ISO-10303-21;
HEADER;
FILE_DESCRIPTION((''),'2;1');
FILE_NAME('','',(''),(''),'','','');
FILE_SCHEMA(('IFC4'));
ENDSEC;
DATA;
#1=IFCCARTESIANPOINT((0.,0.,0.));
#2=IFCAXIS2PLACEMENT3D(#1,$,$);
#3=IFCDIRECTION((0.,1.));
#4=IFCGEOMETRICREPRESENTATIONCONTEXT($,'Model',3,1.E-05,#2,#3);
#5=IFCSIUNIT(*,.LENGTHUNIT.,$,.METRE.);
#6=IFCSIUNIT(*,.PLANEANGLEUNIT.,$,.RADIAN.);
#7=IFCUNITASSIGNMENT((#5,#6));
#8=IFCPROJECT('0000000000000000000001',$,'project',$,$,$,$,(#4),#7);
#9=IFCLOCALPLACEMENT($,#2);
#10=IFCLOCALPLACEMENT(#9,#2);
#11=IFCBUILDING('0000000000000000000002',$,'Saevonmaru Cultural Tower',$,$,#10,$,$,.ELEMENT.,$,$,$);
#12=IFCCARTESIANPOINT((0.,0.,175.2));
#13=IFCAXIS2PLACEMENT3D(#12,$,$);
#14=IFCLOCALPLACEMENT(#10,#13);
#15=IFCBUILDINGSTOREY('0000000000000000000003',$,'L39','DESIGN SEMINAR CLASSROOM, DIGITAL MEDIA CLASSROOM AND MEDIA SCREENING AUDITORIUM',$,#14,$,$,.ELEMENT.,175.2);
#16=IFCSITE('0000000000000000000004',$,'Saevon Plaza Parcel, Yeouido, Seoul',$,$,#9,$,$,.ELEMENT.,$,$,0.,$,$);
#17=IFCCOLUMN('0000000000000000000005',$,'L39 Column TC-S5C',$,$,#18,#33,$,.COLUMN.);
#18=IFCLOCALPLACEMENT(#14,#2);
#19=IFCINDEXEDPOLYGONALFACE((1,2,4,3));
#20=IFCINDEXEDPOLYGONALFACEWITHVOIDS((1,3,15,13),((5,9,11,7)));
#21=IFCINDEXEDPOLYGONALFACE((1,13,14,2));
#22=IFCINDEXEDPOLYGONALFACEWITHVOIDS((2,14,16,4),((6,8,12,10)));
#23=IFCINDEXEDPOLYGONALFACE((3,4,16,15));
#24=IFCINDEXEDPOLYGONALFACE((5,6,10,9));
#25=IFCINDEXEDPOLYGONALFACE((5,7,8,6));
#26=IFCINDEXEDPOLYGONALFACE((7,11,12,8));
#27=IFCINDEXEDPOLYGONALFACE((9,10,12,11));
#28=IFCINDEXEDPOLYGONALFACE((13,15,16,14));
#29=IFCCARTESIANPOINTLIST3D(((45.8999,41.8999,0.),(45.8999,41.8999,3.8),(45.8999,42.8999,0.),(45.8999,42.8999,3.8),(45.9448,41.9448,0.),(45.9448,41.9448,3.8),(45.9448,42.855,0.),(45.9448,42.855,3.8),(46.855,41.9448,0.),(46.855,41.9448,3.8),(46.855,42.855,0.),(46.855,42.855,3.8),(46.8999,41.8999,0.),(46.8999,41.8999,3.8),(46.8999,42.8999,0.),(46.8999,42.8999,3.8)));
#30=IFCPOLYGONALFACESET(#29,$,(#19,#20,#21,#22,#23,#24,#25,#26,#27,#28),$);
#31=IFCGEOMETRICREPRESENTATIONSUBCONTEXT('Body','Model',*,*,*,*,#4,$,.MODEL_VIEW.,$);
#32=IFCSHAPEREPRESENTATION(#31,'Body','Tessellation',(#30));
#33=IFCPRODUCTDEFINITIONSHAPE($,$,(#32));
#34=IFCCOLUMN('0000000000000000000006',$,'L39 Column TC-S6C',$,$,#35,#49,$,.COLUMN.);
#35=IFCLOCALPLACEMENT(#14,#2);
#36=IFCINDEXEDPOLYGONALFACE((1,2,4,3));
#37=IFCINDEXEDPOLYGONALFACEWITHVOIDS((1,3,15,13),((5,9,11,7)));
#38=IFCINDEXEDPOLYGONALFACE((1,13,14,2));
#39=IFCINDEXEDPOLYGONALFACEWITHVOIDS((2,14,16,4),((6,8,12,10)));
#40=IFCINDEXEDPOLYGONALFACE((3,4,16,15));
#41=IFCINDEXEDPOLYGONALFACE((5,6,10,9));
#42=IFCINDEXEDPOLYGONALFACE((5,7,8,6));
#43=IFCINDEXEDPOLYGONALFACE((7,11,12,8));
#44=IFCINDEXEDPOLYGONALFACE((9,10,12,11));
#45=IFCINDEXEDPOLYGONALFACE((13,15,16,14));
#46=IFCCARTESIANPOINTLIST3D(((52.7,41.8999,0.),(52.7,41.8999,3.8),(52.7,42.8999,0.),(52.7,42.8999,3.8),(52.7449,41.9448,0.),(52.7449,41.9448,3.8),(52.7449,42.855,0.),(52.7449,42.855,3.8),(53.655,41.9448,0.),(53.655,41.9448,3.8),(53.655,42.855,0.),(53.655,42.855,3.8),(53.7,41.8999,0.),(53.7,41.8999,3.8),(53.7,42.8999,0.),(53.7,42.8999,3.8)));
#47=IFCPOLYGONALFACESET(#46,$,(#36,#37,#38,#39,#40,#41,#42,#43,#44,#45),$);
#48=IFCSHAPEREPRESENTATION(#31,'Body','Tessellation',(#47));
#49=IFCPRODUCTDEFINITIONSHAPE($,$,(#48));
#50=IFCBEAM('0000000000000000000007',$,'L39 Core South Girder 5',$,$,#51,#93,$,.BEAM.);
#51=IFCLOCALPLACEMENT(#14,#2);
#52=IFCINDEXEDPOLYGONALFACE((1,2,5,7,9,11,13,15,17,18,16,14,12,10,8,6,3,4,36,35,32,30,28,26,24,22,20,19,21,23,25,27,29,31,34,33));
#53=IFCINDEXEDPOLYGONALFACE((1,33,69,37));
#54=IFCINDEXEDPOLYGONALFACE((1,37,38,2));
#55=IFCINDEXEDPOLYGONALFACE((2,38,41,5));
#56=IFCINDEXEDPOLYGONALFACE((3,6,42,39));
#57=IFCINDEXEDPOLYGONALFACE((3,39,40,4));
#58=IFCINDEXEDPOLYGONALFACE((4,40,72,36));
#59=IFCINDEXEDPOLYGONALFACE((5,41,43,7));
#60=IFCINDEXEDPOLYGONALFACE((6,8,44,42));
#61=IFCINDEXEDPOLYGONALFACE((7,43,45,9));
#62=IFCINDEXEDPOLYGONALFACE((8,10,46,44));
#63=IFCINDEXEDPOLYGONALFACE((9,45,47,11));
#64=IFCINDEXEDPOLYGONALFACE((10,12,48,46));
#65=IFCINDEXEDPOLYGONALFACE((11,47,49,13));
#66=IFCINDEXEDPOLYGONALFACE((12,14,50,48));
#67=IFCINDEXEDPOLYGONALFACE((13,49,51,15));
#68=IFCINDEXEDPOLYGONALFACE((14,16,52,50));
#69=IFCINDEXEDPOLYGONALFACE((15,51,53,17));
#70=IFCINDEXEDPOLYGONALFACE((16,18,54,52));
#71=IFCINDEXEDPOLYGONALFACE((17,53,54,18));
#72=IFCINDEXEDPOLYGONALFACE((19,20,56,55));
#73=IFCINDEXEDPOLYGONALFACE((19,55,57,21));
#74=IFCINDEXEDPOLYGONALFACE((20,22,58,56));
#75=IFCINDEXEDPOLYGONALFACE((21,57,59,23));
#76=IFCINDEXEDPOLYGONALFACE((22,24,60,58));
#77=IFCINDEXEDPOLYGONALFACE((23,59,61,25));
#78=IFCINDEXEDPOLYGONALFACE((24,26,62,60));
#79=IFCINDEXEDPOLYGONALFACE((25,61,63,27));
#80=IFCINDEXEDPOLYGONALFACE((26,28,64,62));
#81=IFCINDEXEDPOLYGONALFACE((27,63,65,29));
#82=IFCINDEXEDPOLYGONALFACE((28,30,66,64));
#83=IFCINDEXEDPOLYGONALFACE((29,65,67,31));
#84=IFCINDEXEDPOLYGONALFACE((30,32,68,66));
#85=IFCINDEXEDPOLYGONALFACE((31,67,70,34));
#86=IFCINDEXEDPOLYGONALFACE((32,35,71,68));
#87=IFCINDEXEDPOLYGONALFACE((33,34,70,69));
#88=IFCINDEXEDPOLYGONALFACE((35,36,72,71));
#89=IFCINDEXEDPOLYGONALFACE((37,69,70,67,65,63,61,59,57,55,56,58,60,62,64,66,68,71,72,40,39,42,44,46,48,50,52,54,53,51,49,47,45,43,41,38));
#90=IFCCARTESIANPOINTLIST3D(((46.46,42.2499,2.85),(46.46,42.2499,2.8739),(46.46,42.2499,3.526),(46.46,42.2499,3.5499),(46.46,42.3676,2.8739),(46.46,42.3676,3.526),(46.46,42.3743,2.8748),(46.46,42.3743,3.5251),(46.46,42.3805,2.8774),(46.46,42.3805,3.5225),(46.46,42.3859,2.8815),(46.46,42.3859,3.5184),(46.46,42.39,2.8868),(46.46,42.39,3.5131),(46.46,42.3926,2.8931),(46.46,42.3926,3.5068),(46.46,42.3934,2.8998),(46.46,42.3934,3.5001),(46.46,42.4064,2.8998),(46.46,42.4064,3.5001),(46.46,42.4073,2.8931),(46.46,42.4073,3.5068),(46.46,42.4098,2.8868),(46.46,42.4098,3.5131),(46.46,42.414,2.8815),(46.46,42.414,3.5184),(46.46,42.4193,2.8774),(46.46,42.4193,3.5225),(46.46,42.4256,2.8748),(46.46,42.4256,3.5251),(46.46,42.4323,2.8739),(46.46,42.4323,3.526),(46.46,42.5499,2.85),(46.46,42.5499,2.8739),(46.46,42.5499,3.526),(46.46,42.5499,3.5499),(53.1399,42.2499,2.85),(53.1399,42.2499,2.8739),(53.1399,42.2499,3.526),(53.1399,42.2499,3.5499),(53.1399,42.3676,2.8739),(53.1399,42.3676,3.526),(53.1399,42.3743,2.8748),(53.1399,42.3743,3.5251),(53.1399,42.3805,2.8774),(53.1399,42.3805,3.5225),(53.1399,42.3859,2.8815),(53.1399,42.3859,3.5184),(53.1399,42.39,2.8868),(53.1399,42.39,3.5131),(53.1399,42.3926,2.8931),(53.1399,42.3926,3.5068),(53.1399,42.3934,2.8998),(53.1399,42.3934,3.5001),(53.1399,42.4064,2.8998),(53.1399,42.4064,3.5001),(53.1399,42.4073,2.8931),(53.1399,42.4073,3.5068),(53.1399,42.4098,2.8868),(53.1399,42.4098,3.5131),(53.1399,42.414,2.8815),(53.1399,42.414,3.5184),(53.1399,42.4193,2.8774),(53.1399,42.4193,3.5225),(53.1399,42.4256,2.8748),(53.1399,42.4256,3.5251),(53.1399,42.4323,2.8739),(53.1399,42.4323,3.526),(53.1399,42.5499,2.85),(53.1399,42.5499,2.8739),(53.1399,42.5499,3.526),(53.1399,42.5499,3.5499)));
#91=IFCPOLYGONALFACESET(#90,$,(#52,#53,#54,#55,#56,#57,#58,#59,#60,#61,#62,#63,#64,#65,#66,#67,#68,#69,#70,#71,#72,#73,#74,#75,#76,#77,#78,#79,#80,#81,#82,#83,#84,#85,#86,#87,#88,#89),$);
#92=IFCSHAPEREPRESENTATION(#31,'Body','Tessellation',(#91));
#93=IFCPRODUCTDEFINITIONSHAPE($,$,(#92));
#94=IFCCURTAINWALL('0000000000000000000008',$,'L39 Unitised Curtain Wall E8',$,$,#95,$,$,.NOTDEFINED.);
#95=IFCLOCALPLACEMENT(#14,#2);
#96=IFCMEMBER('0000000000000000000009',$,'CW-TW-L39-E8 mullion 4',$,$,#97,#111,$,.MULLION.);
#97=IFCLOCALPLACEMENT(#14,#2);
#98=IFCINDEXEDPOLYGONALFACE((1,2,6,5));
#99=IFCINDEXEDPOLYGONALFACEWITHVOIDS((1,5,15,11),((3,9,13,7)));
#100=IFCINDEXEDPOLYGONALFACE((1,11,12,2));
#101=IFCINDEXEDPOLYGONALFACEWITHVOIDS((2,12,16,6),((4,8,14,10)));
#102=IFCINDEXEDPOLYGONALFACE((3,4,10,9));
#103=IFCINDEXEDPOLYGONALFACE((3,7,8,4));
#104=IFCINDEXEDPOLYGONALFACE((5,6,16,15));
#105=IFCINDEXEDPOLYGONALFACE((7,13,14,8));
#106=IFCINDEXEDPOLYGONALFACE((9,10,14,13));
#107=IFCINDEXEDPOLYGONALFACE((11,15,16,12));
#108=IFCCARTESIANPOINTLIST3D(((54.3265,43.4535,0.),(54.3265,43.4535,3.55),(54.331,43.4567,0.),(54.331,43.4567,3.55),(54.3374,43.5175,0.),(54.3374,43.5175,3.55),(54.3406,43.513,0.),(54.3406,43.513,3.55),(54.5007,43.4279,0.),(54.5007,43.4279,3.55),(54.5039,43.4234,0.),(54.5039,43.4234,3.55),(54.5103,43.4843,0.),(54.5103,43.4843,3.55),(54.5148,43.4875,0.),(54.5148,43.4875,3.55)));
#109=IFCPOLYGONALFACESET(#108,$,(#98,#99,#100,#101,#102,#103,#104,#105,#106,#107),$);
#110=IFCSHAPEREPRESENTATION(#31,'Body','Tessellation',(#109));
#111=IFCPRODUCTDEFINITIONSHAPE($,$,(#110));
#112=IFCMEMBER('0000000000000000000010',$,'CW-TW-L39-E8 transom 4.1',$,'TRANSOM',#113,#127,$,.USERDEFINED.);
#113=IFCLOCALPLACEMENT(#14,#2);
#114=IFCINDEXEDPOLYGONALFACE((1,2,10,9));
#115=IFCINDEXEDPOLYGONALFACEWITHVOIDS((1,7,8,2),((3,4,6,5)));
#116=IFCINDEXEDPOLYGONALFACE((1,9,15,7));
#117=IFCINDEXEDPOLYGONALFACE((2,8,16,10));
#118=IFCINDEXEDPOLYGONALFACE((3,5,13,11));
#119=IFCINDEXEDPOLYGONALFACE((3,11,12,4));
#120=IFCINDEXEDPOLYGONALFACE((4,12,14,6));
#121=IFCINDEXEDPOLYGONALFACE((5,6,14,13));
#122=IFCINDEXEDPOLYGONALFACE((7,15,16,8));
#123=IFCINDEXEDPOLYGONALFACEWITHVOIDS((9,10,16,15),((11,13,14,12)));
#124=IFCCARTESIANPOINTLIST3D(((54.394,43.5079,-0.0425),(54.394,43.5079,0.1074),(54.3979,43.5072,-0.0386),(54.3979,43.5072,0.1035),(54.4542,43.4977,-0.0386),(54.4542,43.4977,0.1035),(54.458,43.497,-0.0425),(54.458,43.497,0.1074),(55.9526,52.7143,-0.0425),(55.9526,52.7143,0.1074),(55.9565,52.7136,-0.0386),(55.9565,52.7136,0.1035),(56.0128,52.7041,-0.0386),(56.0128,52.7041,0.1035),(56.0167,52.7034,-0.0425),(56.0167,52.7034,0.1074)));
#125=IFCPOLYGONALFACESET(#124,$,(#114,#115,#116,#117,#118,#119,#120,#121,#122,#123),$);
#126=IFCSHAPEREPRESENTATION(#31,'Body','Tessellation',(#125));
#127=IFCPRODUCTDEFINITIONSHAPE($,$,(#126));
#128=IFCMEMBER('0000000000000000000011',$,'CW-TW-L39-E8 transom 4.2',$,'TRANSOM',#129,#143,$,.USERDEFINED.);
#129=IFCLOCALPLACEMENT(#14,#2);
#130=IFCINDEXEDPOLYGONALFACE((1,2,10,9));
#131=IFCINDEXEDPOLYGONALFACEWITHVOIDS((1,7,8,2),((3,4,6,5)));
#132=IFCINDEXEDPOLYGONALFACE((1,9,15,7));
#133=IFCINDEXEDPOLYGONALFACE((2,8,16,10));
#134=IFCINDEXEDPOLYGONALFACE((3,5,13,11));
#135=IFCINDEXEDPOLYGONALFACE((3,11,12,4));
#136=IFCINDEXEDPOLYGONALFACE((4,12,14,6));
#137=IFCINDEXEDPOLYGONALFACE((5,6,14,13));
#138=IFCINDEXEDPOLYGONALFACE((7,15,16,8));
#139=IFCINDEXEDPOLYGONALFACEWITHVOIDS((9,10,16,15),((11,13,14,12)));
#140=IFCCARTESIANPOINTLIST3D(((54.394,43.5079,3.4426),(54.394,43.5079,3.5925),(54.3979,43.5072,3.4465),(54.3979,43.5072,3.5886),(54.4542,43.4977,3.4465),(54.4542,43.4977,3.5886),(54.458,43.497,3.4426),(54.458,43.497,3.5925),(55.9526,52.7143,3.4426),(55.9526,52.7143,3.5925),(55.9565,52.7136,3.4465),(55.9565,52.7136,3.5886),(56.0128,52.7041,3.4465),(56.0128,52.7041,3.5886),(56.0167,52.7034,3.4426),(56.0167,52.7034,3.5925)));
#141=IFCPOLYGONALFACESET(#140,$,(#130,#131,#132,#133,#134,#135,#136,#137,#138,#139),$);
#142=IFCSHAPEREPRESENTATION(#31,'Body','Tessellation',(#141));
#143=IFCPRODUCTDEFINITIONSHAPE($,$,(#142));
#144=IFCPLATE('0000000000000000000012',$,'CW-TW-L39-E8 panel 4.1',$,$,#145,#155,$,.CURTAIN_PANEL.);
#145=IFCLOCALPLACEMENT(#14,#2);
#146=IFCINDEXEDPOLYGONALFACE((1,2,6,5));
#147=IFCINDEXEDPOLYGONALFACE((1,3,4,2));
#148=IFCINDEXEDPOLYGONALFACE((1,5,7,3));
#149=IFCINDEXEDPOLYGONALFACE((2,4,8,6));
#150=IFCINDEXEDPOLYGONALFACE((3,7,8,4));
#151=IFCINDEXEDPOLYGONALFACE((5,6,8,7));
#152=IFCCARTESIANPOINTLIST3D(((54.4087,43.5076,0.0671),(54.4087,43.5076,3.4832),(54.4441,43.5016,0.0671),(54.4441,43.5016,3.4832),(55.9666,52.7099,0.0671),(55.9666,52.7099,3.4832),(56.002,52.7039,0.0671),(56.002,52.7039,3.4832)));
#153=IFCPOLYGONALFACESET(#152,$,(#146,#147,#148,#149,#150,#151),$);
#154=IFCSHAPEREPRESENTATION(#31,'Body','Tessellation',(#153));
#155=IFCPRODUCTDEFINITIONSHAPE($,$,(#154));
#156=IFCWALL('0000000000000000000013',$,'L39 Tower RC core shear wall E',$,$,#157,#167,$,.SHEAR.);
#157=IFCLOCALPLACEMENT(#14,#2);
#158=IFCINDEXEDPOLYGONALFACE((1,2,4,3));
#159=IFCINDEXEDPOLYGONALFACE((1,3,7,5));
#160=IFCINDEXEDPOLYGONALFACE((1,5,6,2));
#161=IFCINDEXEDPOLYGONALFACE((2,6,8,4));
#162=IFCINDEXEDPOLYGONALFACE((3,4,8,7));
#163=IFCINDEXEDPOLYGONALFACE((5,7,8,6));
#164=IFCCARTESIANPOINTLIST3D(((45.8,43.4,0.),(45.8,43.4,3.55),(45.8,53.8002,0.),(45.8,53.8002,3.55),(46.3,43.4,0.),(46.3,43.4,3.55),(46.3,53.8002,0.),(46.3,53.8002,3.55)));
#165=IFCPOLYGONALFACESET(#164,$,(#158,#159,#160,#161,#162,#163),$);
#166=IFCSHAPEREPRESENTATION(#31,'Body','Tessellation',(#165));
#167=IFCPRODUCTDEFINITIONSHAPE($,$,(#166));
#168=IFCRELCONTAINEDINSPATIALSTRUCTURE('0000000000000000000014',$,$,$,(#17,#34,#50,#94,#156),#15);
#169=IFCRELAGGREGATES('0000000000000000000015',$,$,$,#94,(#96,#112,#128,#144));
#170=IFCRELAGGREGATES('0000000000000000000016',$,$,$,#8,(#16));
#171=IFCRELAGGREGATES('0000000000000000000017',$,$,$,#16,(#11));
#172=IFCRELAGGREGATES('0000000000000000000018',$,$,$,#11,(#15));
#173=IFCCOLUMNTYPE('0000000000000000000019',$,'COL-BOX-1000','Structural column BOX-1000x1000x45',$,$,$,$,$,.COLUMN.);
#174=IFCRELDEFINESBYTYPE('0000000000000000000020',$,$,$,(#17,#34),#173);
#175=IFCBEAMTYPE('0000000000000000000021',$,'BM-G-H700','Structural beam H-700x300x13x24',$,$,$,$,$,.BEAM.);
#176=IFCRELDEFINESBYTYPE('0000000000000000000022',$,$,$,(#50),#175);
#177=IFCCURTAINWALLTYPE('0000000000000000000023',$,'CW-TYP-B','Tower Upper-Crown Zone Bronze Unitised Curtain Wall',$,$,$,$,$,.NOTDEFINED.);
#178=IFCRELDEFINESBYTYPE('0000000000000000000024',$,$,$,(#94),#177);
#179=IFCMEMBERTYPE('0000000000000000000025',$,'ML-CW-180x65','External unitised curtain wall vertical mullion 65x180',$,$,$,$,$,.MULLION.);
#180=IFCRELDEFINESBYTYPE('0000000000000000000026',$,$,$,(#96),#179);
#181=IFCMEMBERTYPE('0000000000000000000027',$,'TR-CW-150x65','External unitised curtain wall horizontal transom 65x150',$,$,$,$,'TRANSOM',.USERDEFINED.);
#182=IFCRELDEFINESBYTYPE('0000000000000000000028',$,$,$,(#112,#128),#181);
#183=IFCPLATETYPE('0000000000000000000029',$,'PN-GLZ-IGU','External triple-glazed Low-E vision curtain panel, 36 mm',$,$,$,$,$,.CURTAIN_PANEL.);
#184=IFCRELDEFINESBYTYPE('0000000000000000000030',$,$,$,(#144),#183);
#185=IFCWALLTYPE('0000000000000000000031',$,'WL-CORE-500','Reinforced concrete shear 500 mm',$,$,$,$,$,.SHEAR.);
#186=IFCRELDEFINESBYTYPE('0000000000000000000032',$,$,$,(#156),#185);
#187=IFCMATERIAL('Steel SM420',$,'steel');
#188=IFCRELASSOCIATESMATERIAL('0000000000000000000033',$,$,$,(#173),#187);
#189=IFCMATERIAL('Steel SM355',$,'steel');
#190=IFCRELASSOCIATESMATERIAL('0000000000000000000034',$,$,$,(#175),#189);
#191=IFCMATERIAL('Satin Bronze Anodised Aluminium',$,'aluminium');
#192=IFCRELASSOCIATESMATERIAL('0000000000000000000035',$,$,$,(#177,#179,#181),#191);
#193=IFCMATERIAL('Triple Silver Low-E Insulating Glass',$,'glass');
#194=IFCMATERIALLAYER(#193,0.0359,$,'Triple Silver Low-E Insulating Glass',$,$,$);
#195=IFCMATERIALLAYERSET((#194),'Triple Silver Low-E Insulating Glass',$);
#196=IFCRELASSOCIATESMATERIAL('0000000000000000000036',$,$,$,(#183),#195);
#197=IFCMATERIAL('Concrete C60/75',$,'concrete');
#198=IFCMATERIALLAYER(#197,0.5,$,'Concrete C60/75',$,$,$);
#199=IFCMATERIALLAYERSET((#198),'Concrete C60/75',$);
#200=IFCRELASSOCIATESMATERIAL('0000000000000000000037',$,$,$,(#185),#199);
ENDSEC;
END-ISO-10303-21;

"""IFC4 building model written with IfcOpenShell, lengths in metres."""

from ifc_helpers import new_model, si_unit, direction, frame, frame_2d, origin, origin_2d, place, context, subcontext, project, spatial, rectangle, hollow_rectangle, i_section, extrude, material, layer, layer_set, material_profile, profile_set, type_object, element, aggregate, save


model = new_model("IFC4")

# Units and contexts
model_context = context("Model", 3, precision=1e-05, world=origin(), true_north=direction((0.0, 1.0)))
body_context = subcontext(model_context, "Body", "Model", "MODEL_VIEW")
ifc_project = project(units=[si_unit("LENGTHUNIT", "METRE"), si_unit("PLANEANGLEUNIT", "RADIAN")], contexts=[model_context])

# Site, building, storey
site_placement = place(None, origin())
site = spatial("IfcSite", under=ifc_project, at=site_placement, Name="Saevon Plaza Parcel, Yeouido, Seoul", CompositionType="ELEMENT", RefElevation=0.0)
building_placement = place(site_placement, origin())
building = spatial("IfcBuilding", under=site, at=building_placement, Name="Saevonmaru Cultural Tower", CompositionType="ELEMENT")
storey_placement = place(building_placement, frame((0.0, 0.0, 175.2)))
storey = spatial("IfcBuildingStorey", under=building, at=storey_placement, Name="L39", Description="DESIGN SEMINAR CLASSROOM, DIGITAL MEDIA CLASSROOM AND MEDIA SCREENING AUDITORIUM", CompositionType="ELEMENT", Elevation=175.2)

# Columns
ifc_material_1 = material(Name="Steel SM420", Category="steel")
ifc_material_profile_1 = material_profile(ifc_material_1, hollow_rectangle(XDim=1.0, YDim=1.0, WallThickness=0.0449, at=origin_2d()), Name="BOX-1000x1000x45")
ifc_profile_set_1 = profile_set([ifc_material_profile_1], Name="Steel SM420")
column_type = type_object("IfcColumnType", Name="COL-BOX-1000", Description="Structural column BOX-1000x1000x45", PredefinedType="COLUMN", material=ifc_profile_set_1)
for number, where, z_axis, x_axis, name in (
    (1, (46.3999, 42.3999, 0.0), (0.0, 0.0, 1.0), (1.0, 0.0, 0.0), "L39 Column TC-S5C"),
    (2, (53.2, 42.3999, 0.0), (0.0, 0.0, 1.0), (1.0, 0.0, 0.0), "L39 Column TC-S6C"),
):
    element("IfcColumn", number, at=place(storey_placement, frame(where, z_axis=z_axis, x_axis=x_axis)), inside=storey, type_object=column_type, Name=name, PredefinedType="COLUMN", context=body_context, shape_type="SweptSolid", body=[
        extrude(hollow_rectangle(XDim=1.0, YDim=1.0, WallThickness=0.0449, at=origin_2d()), origin(), (0.0, 0.0, 1.0), 3.8),
    ])

# Beam
ifc_material_2 = material(Name="Steel SM355", Category="steel")
ifc_material_profile_2 = material_profile(ifc_material_2, i_section(OverallWidth=0.3, OverallDepth=0.7, WebThickness=0.0129, FlangeThickness=0.0239, FilletRadius=0.0259, at=origin_2d()), Name="H-700x300x13x24")
ifc_profile_set_2 = profile_set([ifc_material_profile_2], Name="Steel SM355")
beam_type = type_object("IfcBeamType", Name="BM-G-H700", Description="Structural beam H-700x300x13x24", PredefinedType="BEAM", material=ifc_profile_set_2)
beam_placement = place(storey_placement, frame((46.46, 42.3999, 3.2), z_axis=(1.0, 0.0, 0.0), x_axis=(0.0, 1.0, 0.0)))
element("IfcBeam", 3, at=beam_placement, inside=storey, type_object=beam_type, Name="L39 Core South Girder 5", PredefinedType="BEAM", context=body_context, shape_type="SweptSolid", body=[
    extrude(i_section(OverallWidth=0.3, OverallDepth=0.7, WebThickness=0.0129, FlangeThickness=0.0239, FilletRadius=0.0259, at=origin_2d()), origin(), (0.0, 0.0, 1.0), 6.6799),
])

# Curtain wall, members, plate
ifc_material_3 = material(Name="Satin Bronze Anodised Aluminium", Category="aluminium")
curtain_wall_type = type_object("IfcCurtainWallType", Name="CW-TYP-B", Description="Tower Upper-Crown Zone Bronze Unitised Curtain Wall", PredefinedType="NOTDEFINED", material=ifc_material_3)
curtain_wall_placement = place(storey_placement, origin())
curtain_wall = element("IfcCurtainWall", 4, at=curtain_wall_placement, inside=storey, type_object=curtain_wall_type, Name="L39 Unitised Curtain Wall E8", PredefinedType="NOTDEFINED")
ifc_material_profile_3 = material_profile(ifc_material_3, hollow_rectangle(XDim=0.0649, YDim=0.1799, WallThickness=0.0039, at=origin_2d()), Name="ALU-MULL-180x65x4")
ifc_profile_set_3 = profile_set([ifc_material_profile_3], Name="Satin Bronze Anodised Aluminium")
member_type_1 = type_object("IfcMemberType", Name="ML-CW-180x65", Description="External unitised curtain wall vertical mullion 65x180", PredefinedType="MULLION", material=ifc_profile_set_3)
member_1_placement = place(storey_placement, frame((54.4207, 43.4705, 0.0), z_axis=(0.0, 0.0, 1.0), x_axis=(0.166922, 0.98597, 0.0)))
member_1 = element("IfcMember", 5, at=member_1_placement, type_object=member_type_1, Name="CW-TW-L39-E8 mullion 4", PredefinedType="MULLION", context=body_context, shape_type="SweptSolid", body=[
    extrude(hollow_rectangle(XDim=0.0649, YDim=0.1799, WallThickness=0.0039, at=origin_2d()), origin(), (0.0, 0.0, 1.0), 3.55),
])
ifc_material_profile_4 = material_profile(ifc_material_3, hollow_rectangle(XDim=0.0649, YDim=0.1499, WallThickness=0.0039, at=origin_2d()), Name="ALU-TRAN-150x65x4")
ifc_profile_set_4 = profile_set([ifc_material_profile_4], Name="Satin Bronze Anodised Aluminium")
member_type_2 = type_object("IfcMemberType", Name="TR-CW-150x65", Description="External unitised curtain wall horizontal transom 65x150", ElementType="TRANSOM", PredefinedType="USERDEFINED", material=ifc_profile_set_4)
member_2_placement = place(storey_placement, frame((54.426, 43.5024, 0.0325), z_axis=(0.166921, 0.98597, 0.0), x_axis=(-0.98597, 0.166921, 0.0)))
member_2 = element("IfcMember", 6, at=member_2_placement, type_object=member_type_2, Name="CW-TW-L39-E8 transom 4.1", ObjectType="TRANSOM", PredefinedType="USERDEFINED", context=body_context, shape_type="SweptSolid", body=[
    extrude(hollow_rectangle(XDim=0.0649, YDim=0.1499, WallThickness=0.0039, at=origin_2d()), origin(), (0.0, 0.0, 1.0), 9.3374),
])
member_3_placement = place(storey_placement, frame((54.426, 43.5024, 3.5176), z_axis=(0.166921, 0.98597, 0.0), x_axis=(-0.98597, 0.166921, 0.0)))
member_3 = element("IfcMember", 7, at=member_3_placement, type_object=member_type_2, Name="CW-TW-L39-E8 transom 4.2", ObjectType="TRANSOM", PredefinedType="USERDEFINED", context=body_context, shape_type="SweptSolid", body=[
    extrude(hollow_rectangle(XDim=0.0649, YDim=0.1499, WallThickness=0.0039, at=origin_2d()), origin(), (0.0, 0.0, 1.0), 9.3374),
])
ifc_material_4 = material(Name="Triple Silver Low-E Insulating Glass", Category="glass")
ifc_layer_1 = layer(ifc_material_4, 0.0359, Name="Triple Silver Low-E Insulating Glass")
ifc_layer_set_1 = layer_set([ifc_layer_1], Name="Triple Silver Low-E Insulating Glass")
plate_type = type_object("IfcPlateType", Name="PN-GLZ-IGU", Description="External triple-glazed Low-E vision curtain panel, 36 mm", PredefinedType="CURTAIN_PANEL", material=ifc_layer_set_1)
plate_placement = place(storey_placement, frame((55.2053, 48.1057, 0.0671), z_axis=(0.0, 0.0, 1.0), x_axis=(0.166922, 0.98597, 0.0)))
plate = element("IfcPlate", 8, at=plate_placement, type_object=plate_type, Name="CW-TW-L39-E8 panel 4.1", PredefinedType="CURTAIN_PANEL", context=body_context, shape_type="SweptSolid", body=[
    extrude(rectangle(XDim=9.3333, YDim=0.0359, at=origin_2d()), origin(), (0.0, 0.0, 1.0), 3.416),
])
aggregate(curtain_wall, [member_1, member_2, member_3, plate])

# Wall
ifc_material_5 = material(Name="Concrete C60/75", Category="concrete")
ifc_layer_2 = layer(ifc_material_5, 0.5, Name="Concrete C60/75")
ifc_layer_set_2 = layer_set([ifc_layer_2], Name="Concrete C60/75")
wall_type_1 = type_object("IfcWallType", Name="WL-CORE-500", Description="Reinforced concrete shear 500 mm", PredefinedType="SHEAR", material=ifc_layer_set_2)
wall_1_placement = place(storey_placement, frame((46.05, 43.3999, 0.0), z_axis=(0.0, 0.0, 1.0), x_axis=(0.0, 1.0, 0.0)))
element("IfcWall", 9, at=wall_1_placement, inside=storey, type_object=wall_type_1, Name="L39 Tower RC core shear wall E", PredefinedType="SHEAR", context=body_context, shape_type="SweptSolid", body=[
    extrude(rectangle(XDim=10.4001, YDim=0.5, at=frame_2d((5.2002, 0.0))), origin(), (0.0, 0.0, 1.0), 3.55),
])

save(model, "model.ifc")
